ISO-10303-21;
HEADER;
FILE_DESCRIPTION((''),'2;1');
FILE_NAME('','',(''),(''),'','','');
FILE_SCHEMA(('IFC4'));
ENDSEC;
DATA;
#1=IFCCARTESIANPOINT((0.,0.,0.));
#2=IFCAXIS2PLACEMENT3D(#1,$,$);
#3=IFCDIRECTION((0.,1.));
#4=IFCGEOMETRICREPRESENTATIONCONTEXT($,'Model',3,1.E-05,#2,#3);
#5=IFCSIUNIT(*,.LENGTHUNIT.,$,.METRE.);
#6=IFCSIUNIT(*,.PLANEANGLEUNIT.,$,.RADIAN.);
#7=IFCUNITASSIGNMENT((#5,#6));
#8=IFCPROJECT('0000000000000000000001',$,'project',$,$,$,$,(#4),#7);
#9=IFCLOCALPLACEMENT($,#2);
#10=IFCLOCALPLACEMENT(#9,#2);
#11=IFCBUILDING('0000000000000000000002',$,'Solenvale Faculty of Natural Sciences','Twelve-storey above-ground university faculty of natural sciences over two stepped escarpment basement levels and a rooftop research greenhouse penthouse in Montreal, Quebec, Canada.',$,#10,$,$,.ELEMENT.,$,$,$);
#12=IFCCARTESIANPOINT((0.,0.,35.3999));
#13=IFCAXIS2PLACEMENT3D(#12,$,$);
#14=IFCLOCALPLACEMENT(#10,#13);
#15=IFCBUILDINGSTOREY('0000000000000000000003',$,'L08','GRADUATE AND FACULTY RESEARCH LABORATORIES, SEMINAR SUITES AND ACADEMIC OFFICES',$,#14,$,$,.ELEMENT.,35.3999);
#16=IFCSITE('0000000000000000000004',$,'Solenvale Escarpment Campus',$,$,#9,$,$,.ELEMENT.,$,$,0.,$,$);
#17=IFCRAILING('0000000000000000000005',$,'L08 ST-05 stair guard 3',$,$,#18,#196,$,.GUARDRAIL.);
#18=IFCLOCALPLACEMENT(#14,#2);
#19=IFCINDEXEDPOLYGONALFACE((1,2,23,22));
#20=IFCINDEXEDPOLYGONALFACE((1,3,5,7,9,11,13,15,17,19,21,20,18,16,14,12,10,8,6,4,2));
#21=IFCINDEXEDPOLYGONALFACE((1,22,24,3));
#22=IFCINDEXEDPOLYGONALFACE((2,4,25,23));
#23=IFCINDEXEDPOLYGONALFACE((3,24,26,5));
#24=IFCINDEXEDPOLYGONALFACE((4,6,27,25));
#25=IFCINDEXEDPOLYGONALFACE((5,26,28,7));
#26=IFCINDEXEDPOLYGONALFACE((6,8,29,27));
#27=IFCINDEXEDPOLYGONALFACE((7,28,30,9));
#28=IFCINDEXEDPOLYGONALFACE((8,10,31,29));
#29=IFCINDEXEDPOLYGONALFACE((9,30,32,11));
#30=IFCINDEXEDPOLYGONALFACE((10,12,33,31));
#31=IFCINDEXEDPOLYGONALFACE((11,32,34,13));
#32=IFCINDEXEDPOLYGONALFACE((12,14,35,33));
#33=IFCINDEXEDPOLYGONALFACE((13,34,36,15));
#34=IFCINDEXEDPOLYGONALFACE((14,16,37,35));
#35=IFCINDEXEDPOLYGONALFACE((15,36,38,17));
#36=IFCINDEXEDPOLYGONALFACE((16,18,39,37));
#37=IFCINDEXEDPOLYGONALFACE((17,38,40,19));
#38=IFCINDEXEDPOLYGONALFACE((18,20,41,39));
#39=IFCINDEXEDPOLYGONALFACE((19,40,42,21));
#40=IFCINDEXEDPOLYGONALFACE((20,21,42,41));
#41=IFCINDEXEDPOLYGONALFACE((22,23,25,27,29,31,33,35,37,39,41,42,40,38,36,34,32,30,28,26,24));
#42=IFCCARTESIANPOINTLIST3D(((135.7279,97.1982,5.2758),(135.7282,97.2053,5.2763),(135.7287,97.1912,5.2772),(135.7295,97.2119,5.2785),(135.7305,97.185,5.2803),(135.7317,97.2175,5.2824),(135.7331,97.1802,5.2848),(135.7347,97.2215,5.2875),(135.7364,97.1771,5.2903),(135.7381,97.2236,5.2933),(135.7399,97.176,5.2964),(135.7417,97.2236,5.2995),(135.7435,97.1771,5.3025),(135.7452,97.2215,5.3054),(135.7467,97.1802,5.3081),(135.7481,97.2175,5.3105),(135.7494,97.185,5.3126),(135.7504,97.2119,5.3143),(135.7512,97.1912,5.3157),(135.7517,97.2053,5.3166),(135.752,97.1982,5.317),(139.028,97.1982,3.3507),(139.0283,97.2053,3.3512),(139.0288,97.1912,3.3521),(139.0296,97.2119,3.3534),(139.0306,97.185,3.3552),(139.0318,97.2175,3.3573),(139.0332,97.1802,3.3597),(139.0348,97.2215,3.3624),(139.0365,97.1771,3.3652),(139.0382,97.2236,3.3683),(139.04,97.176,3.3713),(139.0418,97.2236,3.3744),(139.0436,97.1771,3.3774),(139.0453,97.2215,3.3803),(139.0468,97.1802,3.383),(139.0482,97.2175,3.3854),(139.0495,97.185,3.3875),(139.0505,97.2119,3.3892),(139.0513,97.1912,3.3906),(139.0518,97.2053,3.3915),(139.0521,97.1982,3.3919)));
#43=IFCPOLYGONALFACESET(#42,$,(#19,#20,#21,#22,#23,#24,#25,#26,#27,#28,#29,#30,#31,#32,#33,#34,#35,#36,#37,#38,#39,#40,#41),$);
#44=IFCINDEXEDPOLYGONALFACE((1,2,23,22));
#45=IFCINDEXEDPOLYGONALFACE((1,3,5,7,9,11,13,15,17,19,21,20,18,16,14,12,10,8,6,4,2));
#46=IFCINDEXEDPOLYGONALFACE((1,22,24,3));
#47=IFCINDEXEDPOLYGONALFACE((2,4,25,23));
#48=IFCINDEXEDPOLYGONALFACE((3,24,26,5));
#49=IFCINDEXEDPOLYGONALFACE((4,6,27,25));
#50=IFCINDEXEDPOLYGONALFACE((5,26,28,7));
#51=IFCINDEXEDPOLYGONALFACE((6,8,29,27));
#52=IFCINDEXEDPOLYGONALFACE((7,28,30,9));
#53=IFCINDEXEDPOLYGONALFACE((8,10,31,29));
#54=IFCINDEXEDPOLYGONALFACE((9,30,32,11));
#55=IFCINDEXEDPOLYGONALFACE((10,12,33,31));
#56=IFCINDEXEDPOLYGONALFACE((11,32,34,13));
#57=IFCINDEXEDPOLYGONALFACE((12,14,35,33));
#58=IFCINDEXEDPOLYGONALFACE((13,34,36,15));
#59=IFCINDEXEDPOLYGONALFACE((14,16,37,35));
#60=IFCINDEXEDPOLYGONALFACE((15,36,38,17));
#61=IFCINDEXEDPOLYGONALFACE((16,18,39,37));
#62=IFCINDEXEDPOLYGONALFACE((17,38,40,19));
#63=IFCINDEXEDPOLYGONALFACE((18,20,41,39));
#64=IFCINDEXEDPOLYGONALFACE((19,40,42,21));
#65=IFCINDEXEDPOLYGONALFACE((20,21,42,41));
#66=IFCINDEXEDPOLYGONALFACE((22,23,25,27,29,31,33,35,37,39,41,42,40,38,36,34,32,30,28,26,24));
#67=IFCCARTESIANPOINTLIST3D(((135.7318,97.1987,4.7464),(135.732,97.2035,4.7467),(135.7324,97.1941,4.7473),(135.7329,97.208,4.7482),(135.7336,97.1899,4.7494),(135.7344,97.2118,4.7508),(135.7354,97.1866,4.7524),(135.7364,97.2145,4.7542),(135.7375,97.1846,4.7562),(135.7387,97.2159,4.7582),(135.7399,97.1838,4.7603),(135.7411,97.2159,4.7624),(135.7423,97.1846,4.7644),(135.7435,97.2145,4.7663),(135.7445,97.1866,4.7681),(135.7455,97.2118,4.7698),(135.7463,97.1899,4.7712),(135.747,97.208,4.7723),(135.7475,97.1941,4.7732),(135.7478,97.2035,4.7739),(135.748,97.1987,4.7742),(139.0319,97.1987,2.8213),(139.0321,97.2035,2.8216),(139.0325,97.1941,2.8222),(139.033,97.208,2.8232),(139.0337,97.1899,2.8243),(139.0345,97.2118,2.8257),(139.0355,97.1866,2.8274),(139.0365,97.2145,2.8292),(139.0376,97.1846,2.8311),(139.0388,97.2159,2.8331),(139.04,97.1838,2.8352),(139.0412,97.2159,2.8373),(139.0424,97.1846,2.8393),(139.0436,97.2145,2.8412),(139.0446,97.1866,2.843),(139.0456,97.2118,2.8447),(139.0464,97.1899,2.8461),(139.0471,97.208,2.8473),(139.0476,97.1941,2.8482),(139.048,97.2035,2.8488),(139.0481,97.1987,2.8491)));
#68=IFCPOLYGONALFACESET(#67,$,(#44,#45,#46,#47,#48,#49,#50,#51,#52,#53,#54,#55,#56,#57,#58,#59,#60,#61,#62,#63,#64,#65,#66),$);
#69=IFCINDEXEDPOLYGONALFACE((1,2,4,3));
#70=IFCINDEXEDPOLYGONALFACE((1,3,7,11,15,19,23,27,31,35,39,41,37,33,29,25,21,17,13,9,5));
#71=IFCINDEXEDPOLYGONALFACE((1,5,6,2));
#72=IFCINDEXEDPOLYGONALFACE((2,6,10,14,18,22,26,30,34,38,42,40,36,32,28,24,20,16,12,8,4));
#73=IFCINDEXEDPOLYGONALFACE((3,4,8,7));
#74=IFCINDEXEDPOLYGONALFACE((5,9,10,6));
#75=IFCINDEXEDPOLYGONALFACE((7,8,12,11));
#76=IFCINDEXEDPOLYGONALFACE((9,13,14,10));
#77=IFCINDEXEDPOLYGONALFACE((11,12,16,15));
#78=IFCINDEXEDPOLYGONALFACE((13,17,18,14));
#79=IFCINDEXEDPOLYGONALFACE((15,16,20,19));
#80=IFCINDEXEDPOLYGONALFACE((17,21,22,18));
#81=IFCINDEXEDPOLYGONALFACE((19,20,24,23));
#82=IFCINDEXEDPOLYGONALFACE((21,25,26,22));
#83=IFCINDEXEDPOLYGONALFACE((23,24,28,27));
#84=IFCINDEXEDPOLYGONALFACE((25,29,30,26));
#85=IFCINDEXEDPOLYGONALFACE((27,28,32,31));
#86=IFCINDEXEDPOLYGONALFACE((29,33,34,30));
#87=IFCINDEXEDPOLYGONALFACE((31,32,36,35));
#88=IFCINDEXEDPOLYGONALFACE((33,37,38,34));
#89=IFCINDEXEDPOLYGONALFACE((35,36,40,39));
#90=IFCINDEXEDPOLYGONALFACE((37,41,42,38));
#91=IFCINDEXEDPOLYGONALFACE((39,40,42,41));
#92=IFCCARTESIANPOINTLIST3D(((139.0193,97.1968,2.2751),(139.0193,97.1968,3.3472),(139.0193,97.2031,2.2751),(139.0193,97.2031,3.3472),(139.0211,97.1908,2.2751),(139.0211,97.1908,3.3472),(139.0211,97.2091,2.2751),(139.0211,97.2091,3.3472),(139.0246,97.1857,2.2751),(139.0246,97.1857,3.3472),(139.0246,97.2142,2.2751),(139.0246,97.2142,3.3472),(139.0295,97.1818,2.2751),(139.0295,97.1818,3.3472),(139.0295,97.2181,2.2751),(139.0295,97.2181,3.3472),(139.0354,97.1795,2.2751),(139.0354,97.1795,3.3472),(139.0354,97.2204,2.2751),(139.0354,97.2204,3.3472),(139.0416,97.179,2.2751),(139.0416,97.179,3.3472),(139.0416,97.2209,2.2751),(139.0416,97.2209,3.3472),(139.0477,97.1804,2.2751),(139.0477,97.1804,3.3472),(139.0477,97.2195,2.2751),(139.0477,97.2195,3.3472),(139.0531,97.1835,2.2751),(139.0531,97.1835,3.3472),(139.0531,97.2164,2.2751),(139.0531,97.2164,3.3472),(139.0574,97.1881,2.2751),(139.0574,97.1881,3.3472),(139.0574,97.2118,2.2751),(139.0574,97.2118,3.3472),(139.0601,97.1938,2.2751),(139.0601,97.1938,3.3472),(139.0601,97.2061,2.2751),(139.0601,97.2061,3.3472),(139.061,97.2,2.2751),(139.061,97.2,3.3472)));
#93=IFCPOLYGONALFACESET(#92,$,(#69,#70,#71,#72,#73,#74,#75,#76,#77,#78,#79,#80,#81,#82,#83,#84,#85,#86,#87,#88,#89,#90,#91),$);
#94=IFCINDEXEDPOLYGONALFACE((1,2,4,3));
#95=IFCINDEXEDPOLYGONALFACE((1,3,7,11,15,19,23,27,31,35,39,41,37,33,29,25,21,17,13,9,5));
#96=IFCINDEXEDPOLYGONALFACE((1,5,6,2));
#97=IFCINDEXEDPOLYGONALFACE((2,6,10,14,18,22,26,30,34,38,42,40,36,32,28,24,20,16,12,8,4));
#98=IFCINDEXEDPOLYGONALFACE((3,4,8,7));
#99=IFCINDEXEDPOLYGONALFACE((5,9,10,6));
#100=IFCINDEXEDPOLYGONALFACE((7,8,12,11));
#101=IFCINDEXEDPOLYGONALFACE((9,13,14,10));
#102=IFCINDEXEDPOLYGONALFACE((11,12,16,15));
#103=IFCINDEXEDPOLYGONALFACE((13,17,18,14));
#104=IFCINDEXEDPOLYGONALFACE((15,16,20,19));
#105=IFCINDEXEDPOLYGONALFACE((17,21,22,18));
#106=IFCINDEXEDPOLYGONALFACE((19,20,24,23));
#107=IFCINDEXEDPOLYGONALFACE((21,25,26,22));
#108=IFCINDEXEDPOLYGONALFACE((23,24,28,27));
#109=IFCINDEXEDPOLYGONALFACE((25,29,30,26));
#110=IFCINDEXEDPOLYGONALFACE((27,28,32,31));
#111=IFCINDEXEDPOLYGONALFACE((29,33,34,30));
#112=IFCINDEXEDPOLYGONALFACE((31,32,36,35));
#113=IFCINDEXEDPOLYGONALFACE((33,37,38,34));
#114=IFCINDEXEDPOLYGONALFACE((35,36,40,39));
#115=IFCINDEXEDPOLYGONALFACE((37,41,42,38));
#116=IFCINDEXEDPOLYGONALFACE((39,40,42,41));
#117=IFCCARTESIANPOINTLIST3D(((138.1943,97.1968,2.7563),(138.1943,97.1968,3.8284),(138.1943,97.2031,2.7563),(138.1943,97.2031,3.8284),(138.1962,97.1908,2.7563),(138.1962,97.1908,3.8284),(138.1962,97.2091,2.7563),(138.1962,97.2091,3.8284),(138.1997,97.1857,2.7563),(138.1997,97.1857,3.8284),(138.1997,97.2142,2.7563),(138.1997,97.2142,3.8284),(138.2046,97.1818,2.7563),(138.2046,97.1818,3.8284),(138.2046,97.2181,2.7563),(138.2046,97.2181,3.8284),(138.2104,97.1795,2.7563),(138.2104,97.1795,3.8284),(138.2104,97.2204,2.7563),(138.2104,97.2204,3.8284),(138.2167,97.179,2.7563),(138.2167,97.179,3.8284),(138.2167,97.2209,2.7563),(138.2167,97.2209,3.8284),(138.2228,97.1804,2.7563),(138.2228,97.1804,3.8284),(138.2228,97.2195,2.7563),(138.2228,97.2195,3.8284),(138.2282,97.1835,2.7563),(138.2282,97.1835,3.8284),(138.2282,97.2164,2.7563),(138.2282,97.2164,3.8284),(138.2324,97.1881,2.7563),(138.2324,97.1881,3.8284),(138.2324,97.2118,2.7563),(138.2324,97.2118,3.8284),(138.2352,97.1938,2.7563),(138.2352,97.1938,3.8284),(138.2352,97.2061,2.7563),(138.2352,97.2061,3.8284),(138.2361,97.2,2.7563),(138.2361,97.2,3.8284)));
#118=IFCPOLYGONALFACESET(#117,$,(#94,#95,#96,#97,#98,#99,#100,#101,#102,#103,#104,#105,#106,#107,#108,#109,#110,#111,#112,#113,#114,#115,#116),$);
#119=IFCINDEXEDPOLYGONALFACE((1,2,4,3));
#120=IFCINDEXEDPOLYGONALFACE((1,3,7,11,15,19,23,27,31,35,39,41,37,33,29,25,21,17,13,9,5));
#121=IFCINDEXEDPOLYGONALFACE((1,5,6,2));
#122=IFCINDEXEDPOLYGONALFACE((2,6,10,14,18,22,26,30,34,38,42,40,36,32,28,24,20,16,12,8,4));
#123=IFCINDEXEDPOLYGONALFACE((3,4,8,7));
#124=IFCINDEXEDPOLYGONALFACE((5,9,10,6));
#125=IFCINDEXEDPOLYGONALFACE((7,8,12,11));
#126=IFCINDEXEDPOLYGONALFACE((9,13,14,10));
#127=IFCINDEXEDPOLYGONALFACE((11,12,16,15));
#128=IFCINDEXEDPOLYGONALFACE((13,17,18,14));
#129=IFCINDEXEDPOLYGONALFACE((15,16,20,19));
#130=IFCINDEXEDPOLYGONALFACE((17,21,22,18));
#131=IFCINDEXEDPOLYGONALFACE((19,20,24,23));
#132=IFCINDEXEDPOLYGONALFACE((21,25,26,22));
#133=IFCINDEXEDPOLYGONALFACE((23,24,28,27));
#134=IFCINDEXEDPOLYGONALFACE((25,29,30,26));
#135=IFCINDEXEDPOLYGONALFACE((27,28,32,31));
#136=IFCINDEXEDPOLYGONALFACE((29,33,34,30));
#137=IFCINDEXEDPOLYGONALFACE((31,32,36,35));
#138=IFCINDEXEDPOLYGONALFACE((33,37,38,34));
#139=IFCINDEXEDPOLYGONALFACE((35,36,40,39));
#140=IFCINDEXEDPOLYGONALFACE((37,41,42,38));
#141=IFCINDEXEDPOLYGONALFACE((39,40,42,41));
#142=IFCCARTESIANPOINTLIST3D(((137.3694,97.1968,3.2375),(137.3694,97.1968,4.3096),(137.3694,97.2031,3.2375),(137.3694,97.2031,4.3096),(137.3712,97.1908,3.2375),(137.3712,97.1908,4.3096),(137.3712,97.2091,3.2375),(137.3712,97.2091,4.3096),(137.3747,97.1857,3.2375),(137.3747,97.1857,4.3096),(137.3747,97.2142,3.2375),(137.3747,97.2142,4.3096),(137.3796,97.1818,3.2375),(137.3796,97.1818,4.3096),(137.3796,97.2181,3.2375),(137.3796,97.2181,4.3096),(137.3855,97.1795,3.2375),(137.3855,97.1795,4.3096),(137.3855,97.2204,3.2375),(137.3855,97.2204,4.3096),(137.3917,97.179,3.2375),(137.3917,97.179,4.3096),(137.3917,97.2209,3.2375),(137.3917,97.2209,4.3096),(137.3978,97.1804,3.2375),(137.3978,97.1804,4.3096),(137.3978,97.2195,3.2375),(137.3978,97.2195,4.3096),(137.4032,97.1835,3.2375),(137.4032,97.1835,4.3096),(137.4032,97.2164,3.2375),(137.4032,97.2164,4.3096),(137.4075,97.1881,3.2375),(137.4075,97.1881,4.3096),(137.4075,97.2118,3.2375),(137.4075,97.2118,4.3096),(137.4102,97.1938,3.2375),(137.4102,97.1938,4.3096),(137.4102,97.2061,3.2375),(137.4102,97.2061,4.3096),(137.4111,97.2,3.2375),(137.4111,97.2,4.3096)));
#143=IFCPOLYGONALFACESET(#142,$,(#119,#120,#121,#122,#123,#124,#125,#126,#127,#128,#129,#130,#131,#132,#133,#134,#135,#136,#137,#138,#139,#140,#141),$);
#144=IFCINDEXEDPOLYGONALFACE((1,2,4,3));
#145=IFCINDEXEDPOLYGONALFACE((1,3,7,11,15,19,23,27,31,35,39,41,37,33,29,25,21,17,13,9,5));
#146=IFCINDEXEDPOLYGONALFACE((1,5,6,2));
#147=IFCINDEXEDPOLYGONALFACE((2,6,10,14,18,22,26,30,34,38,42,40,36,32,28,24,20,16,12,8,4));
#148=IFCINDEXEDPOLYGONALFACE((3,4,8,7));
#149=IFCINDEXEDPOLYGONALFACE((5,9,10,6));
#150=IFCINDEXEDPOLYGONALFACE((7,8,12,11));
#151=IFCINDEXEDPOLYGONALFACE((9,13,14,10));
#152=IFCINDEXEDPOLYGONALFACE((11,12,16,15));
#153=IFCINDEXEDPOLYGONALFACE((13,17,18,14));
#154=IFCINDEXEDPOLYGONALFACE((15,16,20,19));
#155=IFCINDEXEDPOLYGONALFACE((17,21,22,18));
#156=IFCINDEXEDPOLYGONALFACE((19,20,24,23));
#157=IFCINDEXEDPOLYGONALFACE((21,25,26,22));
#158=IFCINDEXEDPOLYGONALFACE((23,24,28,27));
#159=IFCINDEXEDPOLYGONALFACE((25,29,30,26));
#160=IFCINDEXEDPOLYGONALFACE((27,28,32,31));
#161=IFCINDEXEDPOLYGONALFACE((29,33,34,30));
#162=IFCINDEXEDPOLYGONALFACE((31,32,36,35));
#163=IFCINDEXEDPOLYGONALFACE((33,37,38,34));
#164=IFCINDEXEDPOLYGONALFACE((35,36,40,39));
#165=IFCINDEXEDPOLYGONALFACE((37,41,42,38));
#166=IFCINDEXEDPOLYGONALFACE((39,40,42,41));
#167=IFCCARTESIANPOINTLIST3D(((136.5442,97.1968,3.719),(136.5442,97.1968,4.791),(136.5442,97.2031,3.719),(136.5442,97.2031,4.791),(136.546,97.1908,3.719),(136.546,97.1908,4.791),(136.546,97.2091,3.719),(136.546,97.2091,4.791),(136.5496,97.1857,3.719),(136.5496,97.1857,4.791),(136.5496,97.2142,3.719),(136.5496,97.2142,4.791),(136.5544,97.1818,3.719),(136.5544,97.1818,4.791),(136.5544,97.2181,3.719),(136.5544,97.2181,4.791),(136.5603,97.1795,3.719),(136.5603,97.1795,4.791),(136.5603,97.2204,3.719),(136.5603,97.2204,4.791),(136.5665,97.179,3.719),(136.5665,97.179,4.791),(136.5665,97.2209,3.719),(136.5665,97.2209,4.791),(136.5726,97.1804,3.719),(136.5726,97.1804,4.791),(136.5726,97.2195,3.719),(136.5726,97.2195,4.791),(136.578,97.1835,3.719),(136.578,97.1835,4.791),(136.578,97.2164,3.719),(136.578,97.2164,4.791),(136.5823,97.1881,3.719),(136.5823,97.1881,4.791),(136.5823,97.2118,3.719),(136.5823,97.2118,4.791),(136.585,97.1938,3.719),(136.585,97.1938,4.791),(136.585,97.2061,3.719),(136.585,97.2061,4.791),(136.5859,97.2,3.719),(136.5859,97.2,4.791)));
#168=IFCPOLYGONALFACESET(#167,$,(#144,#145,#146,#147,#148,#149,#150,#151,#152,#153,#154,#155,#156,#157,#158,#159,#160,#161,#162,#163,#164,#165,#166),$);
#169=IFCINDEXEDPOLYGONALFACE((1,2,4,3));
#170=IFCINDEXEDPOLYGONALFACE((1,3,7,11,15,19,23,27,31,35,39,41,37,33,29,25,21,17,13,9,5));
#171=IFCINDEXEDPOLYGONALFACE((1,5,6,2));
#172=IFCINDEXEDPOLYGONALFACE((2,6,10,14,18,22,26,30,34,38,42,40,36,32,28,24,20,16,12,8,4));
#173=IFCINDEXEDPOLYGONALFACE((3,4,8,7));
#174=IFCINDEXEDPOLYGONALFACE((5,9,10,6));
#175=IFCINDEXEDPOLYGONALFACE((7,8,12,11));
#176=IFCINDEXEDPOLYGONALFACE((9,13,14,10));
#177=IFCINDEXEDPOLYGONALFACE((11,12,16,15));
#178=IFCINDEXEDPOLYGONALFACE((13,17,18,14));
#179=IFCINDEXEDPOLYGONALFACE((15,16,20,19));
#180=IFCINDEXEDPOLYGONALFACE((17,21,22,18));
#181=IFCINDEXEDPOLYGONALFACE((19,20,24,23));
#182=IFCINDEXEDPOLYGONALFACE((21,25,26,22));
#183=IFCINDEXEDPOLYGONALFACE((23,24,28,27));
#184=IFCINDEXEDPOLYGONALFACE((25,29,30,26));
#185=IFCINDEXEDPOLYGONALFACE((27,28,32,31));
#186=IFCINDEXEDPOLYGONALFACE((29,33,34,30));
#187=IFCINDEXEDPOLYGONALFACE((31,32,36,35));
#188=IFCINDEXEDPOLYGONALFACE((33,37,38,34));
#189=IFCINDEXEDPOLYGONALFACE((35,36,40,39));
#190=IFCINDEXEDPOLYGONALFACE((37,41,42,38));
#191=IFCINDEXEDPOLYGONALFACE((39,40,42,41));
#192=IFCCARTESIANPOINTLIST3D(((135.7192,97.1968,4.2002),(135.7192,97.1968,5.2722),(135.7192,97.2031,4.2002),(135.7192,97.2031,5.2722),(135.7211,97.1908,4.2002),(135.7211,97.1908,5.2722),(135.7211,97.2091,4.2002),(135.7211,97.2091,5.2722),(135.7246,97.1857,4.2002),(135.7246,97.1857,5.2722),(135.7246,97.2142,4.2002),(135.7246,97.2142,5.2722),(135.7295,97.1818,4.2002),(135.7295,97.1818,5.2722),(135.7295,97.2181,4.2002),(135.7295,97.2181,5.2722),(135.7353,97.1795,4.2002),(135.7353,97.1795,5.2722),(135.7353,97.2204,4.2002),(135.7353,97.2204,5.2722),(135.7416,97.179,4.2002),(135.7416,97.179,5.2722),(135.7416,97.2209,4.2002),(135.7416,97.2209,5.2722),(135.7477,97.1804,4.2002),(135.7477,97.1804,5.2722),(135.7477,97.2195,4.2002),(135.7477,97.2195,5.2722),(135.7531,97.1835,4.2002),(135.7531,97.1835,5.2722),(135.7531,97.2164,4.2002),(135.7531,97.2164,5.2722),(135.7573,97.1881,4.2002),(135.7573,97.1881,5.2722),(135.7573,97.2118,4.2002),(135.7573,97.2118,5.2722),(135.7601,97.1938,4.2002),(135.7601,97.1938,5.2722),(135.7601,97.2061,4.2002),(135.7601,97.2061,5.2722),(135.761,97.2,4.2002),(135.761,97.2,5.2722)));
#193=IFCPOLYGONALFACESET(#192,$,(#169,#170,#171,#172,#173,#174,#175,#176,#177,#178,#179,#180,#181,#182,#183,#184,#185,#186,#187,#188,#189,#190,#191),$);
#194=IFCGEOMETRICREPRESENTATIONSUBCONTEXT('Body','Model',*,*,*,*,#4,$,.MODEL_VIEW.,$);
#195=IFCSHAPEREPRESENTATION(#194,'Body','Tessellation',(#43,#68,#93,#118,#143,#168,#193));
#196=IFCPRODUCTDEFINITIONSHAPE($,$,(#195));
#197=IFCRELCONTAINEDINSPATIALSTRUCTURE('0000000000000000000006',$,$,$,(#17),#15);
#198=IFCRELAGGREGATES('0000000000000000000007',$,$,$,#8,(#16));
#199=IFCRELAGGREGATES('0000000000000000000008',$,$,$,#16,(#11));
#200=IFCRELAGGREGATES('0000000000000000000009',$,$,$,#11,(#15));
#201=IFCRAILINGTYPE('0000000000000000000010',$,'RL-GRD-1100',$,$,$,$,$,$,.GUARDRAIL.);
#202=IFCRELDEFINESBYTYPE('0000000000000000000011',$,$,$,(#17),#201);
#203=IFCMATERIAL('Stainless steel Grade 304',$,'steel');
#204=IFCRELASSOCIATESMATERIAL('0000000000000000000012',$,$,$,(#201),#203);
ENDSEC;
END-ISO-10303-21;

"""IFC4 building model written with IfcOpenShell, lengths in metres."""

from ifc_helpers import new_model, si_unit, direction, frame, origin, origin_2d, place, context, subcontext, project, spatial, circle, extrude, material, type_object, element, save


model = new_model("IFC4")

# Units and contexts
model_context = context("Model", 3, precision=1e-05, world=origin(), true_north=direction((0.0, 1.0)))
body_context = subcontext(model_context, "Body", "Model", "MODEL_VIEW")
ifc_project = project(units=[si_unit("LENGTHUNIT", "METRE"), si_unit("PLANEANGLEUNIT", "RADIAN")], contexts=[model_context])

# Site, building, storey
site_placement = place(None, origin())
site = spatial("IfcSite", under=ifc_project, at=site_placement, Name="Solenvale Escarpment Campus", CompositionType="ELEMENT", RefElevation=0.0)
building_placement = place(site_placement, origin())
building = spatial("IfcBuilding", under=site, at=building_placement, Name="Solenvale Faculty of Natural Sciences", Description="Twelve-storey above-ground university faculty of natural sciences over two stepped escarpment basement levels and a rooftop research greenhouse penthouse in Montreal, Quebec, Canada.", CompositionType="ELEMENT")
storey_placement = place(building_placement, frame((0.0, 0.0, 35.3999)))
storey = spatial("IfcBuildingStorey", under=building, at=storey_placement, Name="L08", Description="GRADUATE AND FACULTY RESEARCH LABORATORIES, SEMINAR SUITES AND ACADEMIC OFFICES", CompositionType="ELEMENT", Elevation=35.3999)

# Shared definitions
ifc_material_1 = material(Name="Stainless steel Grade 304", Category="steel")

# Railing
railing_type_1 = type_object("IfcRailingType", Name="RL-GRD-1100", PredefinedType="GUARDRAIL", material=ifc_material_1)
railing_1_placement = place(storey_placement, frame((139.04, 97.2, 2.2751)))
element("IfcRailing", 1, at=railing_1_placement, inside=storey, type_object=railing_type_1, Name="L08 ST-05 stair guard 3", PredefinedType="GUARDRAIL", context=body_context, shape_type="SweptSolid", body=[
    extrude(circle(Radius=0.0239, at=origin_2d()), frame((0.0, 0.0, 1.0962), z_axis=(-0.863777, 0.0, 0.503875), x_axis=(0.0, -1.0, 0.0)), (0.0, 0.0, 1.0), 3.8206),
    extrude(circle(Radius=0.0161, at=origin_2d()), frame((0.0, 0.0, 0.5601), z_axis=(-0.863777, 0.0, 0.503875), x_axis=(0.0, -1.0, 0.0)), (0.0, 0.0, 1.0), 3.8206),
    extrude(circle(Radius=0.021, at=origin_2d()), origin(), (0.0, 0.0, 1.0), 1.072),
    extrude(circle(Radius=0.021, at=origin_2d()), frame((-0.825, 0.0, 0.4812)), (0.0, 0.0, 1.0), 1.072),
    extrude(circle(Radius=0.021, at=origin_2d()), frame((-1.6499, 0.0, 0.9624)), (0.0, 0.0, 1.0), 1.072),
    extrude(circle(Radius=0.021, at=origin_2d()), frame((-2.4751, 0.0, 1.4438)), (0.0, 0.0, 1.0), 1.072),
    extrude(circle(Radius=0.021, at=origin_2d()), frame((-3.3, 0.0, 1.925)), (0.0, 0.0, 1.0), 1.072),
])

save(model, "model.ifc")
